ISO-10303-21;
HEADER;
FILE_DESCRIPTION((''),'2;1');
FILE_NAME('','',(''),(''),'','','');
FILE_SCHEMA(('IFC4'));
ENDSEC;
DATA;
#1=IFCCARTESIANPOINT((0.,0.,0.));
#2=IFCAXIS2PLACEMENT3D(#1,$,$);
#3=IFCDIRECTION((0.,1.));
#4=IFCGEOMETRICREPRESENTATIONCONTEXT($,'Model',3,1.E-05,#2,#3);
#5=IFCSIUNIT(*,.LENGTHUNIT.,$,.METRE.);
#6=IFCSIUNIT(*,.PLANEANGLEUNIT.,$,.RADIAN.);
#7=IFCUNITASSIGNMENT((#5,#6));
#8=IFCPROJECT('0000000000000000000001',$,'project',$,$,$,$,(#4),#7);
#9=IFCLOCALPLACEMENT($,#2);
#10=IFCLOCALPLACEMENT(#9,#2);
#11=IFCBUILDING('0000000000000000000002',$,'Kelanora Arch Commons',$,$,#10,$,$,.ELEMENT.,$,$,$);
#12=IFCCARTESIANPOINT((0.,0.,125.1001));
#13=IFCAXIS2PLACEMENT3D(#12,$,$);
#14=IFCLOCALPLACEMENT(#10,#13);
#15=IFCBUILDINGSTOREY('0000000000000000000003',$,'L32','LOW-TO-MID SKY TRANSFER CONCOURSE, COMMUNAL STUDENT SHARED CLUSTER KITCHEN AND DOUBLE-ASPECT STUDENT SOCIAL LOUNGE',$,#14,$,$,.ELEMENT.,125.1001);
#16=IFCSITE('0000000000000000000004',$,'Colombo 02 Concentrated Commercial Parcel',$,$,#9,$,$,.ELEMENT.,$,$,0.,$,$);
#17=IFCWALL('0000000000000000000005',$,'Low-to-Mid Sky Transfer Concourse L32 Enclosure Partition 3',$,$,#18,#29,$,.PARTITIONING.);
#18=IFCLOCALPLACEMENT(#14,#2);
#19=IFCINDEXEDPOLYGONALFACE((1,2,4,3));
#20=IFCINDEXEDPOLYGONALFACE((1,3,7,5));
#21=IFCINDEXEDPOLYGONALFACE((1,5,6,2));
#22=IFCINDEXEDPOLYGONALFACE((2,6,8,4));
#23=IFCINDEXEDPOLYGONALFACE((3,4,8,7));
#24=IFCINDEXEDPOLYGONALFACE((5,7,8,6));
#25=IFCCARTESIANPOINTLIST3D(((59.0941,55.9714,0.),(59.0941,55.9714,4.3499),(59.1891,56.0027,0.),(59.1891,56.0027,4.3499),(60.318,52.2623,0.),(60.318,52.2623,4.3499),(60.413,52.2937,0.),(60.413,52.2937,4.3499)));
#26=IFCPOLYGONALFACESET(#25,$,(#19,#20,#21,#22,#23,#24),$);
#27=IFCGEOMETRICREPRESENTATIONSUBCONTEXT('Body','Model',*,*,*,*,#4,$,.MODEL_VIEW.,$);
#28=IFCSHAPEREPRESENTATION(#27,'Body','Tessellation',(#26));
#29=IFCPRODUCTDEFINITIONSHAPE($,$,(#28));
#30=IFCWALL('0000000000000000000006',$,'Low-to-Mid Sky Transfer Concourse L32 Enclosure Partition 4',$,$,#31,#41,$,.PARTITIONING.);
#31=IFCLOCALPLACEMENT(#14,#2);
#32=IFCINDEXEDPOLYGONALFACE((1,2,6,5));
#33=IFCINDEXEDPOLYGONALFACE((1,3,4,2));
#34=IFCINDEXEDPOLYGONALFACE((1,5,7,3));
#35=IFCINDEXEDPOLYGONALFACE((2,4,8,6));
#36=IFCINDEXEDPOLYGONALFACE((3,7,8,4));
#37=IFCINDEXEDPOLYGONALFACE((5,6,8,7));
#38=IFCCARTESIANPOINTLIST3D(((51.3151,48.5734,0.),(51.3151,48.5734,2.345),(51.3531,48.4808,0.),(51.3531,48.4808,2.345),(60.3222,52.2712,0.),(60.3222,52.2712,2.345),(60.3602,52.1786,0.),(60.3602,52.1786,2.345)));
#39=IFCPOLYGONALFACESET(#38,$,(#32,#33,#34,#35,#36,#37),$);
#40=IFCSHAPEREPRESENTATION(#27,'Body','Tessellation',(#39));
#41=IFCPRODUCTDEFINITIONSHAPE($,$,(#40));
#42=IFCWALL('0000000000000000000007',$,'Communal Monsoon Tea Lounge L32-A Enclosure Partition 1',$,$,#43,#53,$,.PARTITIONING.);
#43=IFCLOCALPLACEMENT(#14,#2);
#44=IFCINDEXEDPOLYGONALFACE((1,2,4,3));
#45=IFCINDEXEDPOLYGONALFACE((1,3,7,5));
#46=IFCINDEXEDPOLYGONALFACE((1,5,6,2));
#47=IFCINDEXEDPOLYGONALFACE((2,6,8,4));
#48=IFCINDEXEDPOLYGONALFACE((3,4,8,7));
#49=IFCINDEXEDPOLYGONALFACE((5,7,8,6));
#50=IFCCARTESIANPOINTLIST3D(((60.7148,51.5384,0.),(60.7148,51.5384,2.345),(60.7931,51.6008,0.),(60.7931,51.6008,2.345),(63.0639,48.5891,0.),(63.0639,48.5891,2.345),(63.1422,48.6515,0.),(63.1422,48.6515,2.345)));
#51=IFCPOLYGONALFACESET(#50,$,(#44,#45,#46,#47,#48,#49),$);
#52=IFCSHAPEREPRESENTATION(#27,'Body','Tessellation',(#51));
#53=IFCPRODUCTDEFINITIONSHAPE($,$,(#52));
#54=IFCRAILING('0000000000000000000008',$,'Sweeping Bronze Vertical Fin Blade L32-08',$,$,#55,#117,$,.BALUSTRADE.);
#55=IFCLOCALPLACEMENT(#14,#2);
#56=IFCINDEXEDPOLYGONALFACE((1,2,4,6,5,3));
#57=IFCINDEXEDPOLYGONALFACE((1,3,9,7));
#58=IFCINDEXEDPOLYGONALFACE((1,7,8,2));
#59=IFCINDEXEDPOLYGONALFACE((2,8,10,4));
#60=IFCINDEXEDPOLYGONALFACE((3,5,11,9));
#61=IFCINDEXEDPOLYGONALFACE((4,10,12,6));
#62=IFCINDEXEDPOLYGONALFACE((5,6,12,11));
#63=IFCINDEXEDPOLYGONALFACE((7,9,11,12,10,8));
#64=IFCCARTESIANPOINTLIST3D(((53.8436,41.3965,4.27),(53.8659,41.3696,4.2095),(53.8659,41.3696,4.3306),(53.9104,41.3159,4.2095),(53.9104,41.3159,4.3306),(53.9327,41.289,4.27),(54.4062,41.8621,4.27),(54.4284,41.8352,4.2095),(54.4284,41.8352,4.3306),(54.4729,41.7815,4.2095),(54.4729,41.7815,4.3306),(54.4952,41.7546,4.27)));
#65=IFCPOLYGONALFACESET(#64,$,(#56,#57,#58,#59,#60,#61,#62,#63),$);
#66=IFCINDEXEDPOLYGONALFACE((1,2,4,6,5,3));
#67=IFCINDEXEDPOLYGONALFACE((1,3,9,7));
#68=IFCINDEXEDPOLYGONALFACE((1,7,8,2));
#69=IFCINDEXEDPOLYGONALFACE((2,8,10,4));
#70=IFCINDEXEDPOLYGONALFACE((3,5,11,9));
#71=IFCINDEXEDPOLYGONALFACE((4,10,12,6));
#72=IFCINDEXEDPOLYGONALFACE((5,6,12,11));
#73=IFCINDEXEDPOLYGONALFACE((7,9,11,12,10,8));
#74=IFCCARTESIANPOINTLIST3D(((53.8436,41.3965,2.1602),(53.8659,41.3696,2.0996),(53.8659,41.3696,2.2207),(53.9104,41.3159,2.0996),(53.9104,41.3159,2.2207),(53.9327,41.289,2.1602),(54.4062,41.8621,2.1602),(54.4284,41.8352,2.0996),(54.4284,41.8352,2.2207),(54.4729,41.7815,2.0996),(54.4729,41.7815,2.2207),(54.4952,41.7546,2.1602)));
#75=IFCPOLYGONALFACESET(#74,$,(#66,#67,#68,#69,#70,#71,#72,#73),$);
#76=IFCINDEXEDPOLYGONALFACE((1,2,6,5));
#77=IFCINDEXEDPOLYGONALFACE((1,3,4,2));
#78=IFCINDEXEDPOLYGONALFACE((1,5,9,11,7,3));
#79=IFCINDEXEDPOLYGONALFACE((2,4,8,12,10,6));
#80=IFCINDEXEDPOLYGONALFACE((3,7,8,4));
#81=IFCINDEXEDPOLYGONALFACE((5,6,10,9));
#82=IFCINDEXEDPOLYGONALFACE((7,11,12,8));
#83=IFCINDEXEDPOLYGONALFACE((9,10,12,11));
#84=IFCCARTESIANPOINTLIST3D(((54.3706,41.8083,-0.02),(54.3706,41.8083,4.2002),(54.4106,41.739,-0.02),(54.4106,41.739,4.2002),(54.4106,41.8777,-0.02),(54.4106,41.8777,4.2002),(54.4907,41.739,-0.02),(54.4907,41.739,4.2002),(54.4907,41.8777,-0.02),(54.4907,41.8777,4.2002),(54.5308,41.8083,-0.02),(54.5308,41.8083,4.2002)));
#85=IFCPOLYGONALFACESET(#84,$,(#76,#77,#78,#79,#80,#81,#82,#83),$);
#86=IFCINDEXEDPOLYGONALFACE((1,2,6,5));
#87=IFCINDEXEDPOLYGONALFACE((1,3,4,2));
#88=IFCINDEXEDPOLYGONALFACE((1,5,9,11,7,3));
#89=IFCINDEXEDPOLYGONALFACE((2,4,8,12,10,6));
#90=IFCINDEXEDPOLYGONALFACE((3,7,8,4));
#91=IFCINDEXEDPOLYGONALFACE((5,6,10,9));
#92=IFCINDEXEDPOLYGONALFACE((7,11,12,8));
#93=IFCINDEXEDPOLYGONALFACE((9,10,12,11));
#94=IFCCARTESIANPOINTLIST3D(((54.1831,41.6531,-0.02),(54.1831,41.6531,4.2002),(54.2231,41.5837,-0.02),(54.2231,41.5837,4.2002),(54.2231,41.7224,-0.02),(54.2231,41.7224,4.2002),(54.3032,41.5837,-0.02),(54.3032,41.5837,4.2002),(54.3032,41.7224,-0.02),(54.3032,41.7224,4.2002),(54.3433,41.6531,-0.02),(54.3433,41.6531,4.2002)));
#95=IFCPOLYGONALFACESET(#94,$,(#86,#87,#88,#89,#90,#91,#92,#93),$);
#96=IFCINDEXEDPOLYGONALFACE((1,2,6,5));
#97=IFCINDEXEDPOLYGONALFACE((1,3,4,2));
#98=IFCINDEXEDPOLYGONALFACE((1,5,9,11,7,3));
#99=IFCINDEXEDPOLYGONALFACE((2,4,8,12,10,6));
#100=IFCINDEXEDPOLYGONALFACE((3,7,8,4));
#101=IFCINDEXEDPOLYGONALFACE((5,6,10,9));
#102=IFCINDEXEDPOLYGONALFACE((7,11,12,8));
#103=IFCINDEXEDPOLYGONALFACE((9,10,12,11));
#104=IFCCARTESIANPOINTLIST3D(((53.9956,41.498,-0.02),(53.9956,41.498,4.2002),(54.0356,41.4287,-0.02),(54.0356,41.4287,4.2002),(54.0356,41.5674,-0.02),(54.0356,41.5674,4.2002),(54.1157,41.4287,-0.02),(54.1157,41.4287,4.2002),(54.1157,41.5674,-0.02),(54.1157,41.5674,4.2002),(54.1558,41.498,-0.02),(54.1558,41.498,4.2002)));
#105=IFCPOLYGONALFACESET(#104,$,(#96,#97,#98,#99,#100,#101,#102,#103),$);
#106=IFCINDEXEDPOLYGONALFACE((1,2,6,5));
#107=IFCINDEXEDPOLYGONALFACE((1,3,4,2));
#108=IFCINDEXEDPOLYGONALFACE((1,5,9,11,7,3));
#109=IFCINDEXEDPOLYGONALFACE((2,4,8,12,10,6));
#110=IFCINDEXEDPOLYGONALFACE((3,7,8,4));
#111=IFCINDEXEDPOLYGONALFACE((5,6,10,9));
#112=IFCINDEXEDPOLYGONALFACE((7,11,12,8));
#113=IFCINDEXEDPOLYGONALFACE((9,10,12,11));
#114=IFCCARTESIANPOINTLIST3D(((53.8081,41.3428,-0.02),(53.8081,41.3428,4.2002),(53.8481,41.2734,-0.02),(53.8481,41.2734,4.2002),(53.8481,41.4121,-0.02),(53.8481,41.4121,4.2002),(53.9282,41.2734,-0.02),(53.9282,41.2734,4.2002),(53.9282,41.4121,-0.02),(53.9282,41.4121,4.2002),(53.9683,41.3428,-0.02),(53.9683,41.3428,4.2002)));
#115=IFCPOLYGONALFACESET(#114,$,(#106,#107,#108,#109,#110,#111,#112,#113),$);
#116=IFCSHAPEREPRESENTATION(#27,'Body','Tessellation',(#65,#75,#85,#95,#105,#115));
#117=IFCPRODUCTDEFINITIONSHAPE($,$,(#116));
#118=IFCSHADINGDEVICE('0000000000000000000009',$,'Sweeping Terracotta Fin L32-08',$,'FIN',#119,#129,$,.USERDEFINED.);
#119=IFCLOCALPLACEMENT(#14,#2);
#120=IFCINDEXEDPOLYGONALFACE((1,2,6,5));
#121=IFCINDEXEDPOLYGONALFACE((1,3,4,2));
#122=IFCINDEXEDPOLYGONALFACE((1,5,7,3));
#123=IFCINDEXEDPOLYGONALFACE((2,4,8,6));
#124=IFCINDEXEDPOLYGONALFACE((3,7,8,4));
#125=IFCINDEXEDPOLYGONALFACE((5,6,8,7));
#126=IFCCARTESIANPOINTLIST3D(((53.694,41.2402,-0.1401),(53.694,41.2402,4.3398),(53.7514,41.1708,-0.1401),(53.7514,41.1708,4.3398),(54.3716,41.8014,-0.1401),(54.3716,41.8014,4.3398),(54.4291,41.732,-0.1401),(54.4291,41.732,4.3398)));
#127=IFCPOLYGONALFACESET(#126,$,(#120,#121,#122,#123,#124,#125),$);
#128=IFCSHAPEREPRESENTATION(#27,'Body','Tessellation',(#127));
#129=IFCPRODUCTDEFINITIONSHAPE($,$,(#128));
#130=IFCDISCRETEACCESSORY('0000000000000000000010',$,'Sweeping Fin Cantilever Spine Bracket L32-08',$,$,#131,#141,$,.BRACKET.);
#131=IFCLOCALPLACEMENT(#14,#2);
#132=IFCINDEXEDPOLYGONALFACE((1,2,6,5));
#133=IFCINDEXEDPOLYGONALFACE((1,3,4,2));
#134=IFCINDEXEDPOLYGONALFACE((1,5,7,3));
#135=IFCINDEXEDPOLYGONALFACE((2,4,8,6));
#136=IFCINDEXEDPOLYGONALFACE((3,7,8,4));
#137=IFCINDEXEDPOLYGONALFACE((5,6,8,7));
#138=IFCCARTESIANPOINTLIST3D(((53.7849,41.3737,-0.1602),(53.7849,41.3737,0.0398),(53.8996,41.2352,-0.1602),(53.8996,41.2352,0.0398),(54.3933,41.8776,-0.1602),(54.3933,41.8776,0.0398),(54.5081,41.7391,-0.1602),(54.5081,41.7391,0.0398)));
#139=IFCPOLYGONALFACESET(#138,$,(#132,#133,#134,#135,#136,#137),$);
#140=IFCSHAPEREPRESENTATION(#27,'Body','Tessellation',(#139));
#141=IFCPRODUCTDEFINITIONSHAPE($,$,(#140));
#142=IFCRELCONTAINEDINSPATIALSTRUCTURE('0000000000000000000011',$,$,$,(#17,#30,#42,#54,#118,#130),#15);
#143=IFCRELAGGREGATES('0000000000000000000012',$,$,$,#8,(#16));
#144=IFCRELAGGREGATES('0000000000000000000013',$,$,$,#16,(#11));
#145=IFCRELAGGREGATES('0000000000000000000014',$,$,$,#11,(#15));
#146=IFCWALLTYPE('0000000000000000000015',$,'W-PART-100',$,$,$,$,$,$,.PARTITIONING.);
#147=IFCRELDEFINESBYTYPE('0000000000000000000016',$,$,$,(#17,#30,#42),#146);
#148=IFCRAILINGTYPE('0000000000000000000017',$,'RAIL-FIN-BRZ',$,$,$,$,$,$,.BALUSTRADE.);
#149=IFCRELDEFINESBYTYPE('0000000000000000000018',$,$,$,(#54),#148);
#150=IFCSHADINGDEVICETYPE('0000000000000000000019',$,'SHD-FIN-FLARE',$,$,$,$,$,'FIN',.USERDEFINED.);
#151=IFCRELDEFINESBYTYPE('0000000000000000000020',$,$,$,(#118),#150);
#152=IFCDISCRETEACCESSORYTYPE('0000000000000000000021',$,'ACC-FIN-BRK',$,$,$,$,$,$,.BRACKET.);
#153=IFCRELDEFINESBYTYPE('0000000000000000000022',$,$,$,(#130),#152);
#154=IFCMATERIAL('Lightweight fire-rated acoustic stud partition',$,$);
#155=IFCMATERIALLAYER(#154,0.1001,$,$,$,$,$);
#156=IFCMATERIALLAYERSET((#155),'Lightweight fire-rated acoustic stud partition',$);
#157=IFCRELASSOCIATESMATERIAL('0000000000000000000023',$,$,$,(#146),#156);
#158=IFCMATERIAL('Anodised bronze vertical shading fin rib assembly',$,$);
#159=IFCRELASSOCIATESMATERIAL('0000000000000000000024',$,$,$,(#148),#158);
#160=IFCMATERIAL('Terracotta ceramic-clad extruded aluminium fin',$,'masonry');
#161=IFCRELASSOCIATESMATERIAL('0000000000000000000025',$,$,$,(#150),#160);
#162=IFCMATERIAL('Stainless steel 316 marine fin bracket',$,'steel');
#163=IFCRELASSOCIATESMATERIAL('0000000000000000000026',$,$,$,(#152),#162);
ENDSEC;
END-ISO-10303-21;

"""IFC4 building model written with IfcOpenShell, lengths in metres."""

from ifc_helpers import new_model, si_unit, direction, frame, frame_2d, origin, origin_2d, place, context, subcontext, project, spatial, polyline, rectangle, outline, extrude, source, transform, mapped, material, layer, layer_set, type_object, element, save


model = new_model("IFC4")

# Units and contexts
model_context = context("Model", 3, precision=1e-05, world=origin(), true_north=direction((0.0, 1.0)))
body_context = subcontext(model_context, "Body", "Model", "MODEL_VIEW")
ifc_project = project(units=[si_unit("LENGTHUNIT", "METRE"), si_unit("PLANEANGLEUNIT", "RADIAN")], contexts=[model_context])

# Site, building, storey
site_placement = place(None, origin())
site = spatial("IfcSite", under=ifc_project, at=site_placement, Name="Colombo 02 Concentrated Commercial Parcel", CompositionType="ELEMENT", RefElevation=0.0)
building_placement = place(site_placement, origin())
building = spatial("IfcBuilding", under=site, at=building_placement, Name="Kelanora Arch Commons", CompositionType="ELEMENT")
storey_placement = place(building_placement, frame((0.0, 0.0, 125.1001)))
storey = spatial("IfcBuildingStorey", under=building, at=storey_placement, Name="L32", Description="LOW-TO-MID SKY TRANSFER CONCOURSE, COMMUNAL STUDENT SHARED CLUSTER KITCHEN AND DOUBLE-ASPECT STUDENT SOCIAL LOUNGE", CompositionType="ELEMENT", Elevation=125.1001)

# Walls
ifc_material_1 = material(Name="Lightweight fire-rated acoustic stud partition")
ifc_layer_1 = layer(ifc_material_1, 0.1001)
ifc_layer_set_1 = layer_set([ifc_layer_1], Name="Lightweight fire-rated acoustic stud partition")
wall_type_1 = type_object("IfcWallType", Name="W-PART-100", PredefinedType="PARTITIONING", material=ifc_layer_set_1)
wall_1_placement = place(storey_placement, frame((59.1416, 55.9871, 0.0), z_axis=(0.0, 0.0, 1.0), x_axis=(0.313357, -0.949635, 0.0)))
element("IfcWall", 1, at=wall_1_placement, inside=storey, type_object=wall_type_1, Name="Low-to-Mid Sky Transfer Concourse L32 Enclosure Partition 3", PredefinedType="PARTITIONING", context=body_context, shape_type="SweptSolid", body=[
    extrude(rectangle(XDim=3.9058, YDim=0.1001, at=frame_2d((1.9529, 0.0))), origin(), (0.0, 0.0, 1.0), 4.3499),
])
wall_2_placement = place(storey_placement, frame((60.3411, 52.2249, 0.0), z_axis=(0.0, 0.0, 1.0), x_axis=(-0.925077, -0.37978, 0.0)))
element("IfcWall", 2, at=wall_2_placement, inside=storey, type_object=wall_type_1, Name="Low-to-Mid Sky Transfer Concourse L32 Enclosure Partition 4", PredefinedType="PARTITIONING", context=body_context, shape_type="SweptSolid", body=[
    extrude(rectangle(XDim=9.7366, YDim=0.1001, at=frame_2d((4.8682, 0.0))), origin(), (0.0, 0.0, 1.0), 2.345),
])
wall_3_placement = place(storey_placement, frame((60.7539, 51.5696, 0.0), z_axis=(0.0, 0.0, 1.0), x_axis=(0.623035, -0.782194, 0.0)))
element("IfcWall", 3, at=wall_3_placement, inside=storey, type_object=wall_type_1, Name="Communal Monsoon Tea Lounge L32-A Enclosure Partition 1", PredefinedType="PARTITIONING", context=body_context, shape_type="SweptSolid", body=[
    extrude(rectangle(XDim=3.7705, YDim=0.1001, at=frame_2d((1.8853, 0.0))), origin(), (0.0, 0.0, 1.0), 2.345),
])

# Railing
ifc_material_2 = material(Name="Anodised bronze vertical shading fin rib assembly")
railing_type = type_object("IfcRailingType", Name="RAIL-FIN-BRZ", PredefinedType="BALUSTRADE", material=ifc_material_2)
railing_placement = place(storey_placement, frame((54.4507, 41.8083, -0.02)))
element("IfcRailing", 4, at=railing_placement, inside=storey, type_object=railing_type, Name="Sweeping Bronze Vertical Fin Blade L32-08", PredefinedType="BALUSTRADE", context=body_context, shape_type="SweptSolid", body=[
    extrude(outline(polyline([(0.0698, 0.0), (0.0349, 0.0605), (-0.0349, 0.0605), (-0.0698, 0.0), (-0.0349, -0.0605), (0.0349, -0.0605), (0.0698, 0.0)])), frame((0.0, 0.0, 4.29), z_axis=(-0.770355, -0.637616, 0.0), x_axis=(0.637616, -0.770355, 0.0)), (0.0, 0.0, 1.0), 0.7302),
    extrude(outline(polyline([(0.0698, 0.0), (0.0349, 0.0605), (-0.0349, 0.0605), (-0.0698, 0.0), (-0.0349, -0.0605), (0.0349, -0.0605), (0.0698, 0.0)])), frame((0.0, 0.0, 2.1802), z_axis=(-0.770355, -0.637616, 0.0), x_axis=(0.637616, -0.770355, 0.0)), (0.0, 0.0, 1.0), 0.7302),
    extrude(outline(polyline([(0.0801, 0.0), (0.04, 0.0693), (-0.04, 0.0693), (-0.0801, 0.0), (-0.04, -0.0693), (0.04, -0.0693), (0.0801, 0.0)])), origin(), (0.0, 0.0, 1.0), 4.2202),
    extrude(outline(polyline([(0.0801, 0.0), (0.04, 0.0693), (-0.04, 0.0693), (-0.0801, 0.0), (-0.04, -0.0693), (0.04, -0.0693), (0.0801, 0.0)])), frame((-0.1875, -0.1553, 0.0)), (0.0, 0.0, 1.0), 4.2202),
    extrude(outline(polyline([(0.0801, 0.0), (0.04, 0.0693), (-0.04, 0.0693), (-0.0801, 0.0), (-0.04, -0.0693), (0.04, -0.0693), (0.0801, 0.0)])), frame((-0.375, -0.3103, 0.0)), (0.0, 0.0, 1.0), 4.2202),
    extrude(outline(polyline([(0.0801, 0.0), (0.04, 0.0693), (-0.04, 0.0693), (-0.0801, 0.0), (-0.04, -0.0693), (0.04, -0.0693), (0.0801, 0.0)])), frame((-0.5625, -0.4656, 0.0)), (0.0, 0.0, 1.0), 4.2202),
])

# Shading device
ifc_material_3 = material(Name="Terracotta ceramic-clad extruded aluminium fin", Category="masonry")
shading_device_type = type_object("IfcShadingDeviceType", Name="SHD-FIN-FLARE", ElementType="FIN", PredefinedType="USERDEFINED", material=ifc_material_3)
shared_shape_1 = source(origin(), body_context, "Body", "SweptSolid", [
    extrude(rectangle(XDim=0.8799, YDim=0.0901, at=origin_2d()), origin(), (0.0, 0.0, 1.0), 4.48),
])
shading_device_placement = place(storey_placement, frame((54.0615, 41.4861, -0.1401), z_axis=(0.0, 0.0, 1.0), x_axis=(-0.770179, -0.637827, 0.0)))
element("IfcShadingDevice", 5, at=shading_device_placement, inside=storey, type_object=shading_device_type, Name="Sweeping Terracotta Fin L32-08", ObjectType="FIN", PredefinedType="USERDEFINED", context=body_context, shape_type="MappedRepresentation", body=[
    mapped(shared_shape_1, transform((0.0, 0.0, 0.0), scale=1.0)),
])

# Discrete accessory
ifc_material_4 = material(Name="Stainless steel 316 marine fin bracket", Category="steel")
discrete_accessory_type = type_object("IfcDiscreteAccessoryType", Name="ACC-FIN-BRK", PredefinedType="BRACKET", material=ifc_material_4)
shared_shape_2 = source(origin(), body_context, "Body", "SweptSolid", [
    extrude(rectangle(XDim=0.79, YDim=0.1799, at=origin_2d()), origin(), (0.0, 0.0, 1.0), 0.2),
])
discrete_accessory_placement = place(storey_placement, frame((54.1465, 41.5564, -0.1602), z_axis=(0.0, 0.0, 1.0), x_axis=(-0.770179, -0.637827, 0.0)))
element("IfcDiscreteAccessory", 6, at=discrete_accessory_placement, inside=storey, type_object=discrete_accessory_type, Name="Sweeping Fin Cantilever Spine Bracket L32-08", PredefinedType="BRACKET", context=body_context, shape_type="MappedRepresentation", body=[
    mapped(shared_shape_2, transform((0.0, 0.0, 0.0), scale=1.0)),
])

save(model, "model.ifc")
